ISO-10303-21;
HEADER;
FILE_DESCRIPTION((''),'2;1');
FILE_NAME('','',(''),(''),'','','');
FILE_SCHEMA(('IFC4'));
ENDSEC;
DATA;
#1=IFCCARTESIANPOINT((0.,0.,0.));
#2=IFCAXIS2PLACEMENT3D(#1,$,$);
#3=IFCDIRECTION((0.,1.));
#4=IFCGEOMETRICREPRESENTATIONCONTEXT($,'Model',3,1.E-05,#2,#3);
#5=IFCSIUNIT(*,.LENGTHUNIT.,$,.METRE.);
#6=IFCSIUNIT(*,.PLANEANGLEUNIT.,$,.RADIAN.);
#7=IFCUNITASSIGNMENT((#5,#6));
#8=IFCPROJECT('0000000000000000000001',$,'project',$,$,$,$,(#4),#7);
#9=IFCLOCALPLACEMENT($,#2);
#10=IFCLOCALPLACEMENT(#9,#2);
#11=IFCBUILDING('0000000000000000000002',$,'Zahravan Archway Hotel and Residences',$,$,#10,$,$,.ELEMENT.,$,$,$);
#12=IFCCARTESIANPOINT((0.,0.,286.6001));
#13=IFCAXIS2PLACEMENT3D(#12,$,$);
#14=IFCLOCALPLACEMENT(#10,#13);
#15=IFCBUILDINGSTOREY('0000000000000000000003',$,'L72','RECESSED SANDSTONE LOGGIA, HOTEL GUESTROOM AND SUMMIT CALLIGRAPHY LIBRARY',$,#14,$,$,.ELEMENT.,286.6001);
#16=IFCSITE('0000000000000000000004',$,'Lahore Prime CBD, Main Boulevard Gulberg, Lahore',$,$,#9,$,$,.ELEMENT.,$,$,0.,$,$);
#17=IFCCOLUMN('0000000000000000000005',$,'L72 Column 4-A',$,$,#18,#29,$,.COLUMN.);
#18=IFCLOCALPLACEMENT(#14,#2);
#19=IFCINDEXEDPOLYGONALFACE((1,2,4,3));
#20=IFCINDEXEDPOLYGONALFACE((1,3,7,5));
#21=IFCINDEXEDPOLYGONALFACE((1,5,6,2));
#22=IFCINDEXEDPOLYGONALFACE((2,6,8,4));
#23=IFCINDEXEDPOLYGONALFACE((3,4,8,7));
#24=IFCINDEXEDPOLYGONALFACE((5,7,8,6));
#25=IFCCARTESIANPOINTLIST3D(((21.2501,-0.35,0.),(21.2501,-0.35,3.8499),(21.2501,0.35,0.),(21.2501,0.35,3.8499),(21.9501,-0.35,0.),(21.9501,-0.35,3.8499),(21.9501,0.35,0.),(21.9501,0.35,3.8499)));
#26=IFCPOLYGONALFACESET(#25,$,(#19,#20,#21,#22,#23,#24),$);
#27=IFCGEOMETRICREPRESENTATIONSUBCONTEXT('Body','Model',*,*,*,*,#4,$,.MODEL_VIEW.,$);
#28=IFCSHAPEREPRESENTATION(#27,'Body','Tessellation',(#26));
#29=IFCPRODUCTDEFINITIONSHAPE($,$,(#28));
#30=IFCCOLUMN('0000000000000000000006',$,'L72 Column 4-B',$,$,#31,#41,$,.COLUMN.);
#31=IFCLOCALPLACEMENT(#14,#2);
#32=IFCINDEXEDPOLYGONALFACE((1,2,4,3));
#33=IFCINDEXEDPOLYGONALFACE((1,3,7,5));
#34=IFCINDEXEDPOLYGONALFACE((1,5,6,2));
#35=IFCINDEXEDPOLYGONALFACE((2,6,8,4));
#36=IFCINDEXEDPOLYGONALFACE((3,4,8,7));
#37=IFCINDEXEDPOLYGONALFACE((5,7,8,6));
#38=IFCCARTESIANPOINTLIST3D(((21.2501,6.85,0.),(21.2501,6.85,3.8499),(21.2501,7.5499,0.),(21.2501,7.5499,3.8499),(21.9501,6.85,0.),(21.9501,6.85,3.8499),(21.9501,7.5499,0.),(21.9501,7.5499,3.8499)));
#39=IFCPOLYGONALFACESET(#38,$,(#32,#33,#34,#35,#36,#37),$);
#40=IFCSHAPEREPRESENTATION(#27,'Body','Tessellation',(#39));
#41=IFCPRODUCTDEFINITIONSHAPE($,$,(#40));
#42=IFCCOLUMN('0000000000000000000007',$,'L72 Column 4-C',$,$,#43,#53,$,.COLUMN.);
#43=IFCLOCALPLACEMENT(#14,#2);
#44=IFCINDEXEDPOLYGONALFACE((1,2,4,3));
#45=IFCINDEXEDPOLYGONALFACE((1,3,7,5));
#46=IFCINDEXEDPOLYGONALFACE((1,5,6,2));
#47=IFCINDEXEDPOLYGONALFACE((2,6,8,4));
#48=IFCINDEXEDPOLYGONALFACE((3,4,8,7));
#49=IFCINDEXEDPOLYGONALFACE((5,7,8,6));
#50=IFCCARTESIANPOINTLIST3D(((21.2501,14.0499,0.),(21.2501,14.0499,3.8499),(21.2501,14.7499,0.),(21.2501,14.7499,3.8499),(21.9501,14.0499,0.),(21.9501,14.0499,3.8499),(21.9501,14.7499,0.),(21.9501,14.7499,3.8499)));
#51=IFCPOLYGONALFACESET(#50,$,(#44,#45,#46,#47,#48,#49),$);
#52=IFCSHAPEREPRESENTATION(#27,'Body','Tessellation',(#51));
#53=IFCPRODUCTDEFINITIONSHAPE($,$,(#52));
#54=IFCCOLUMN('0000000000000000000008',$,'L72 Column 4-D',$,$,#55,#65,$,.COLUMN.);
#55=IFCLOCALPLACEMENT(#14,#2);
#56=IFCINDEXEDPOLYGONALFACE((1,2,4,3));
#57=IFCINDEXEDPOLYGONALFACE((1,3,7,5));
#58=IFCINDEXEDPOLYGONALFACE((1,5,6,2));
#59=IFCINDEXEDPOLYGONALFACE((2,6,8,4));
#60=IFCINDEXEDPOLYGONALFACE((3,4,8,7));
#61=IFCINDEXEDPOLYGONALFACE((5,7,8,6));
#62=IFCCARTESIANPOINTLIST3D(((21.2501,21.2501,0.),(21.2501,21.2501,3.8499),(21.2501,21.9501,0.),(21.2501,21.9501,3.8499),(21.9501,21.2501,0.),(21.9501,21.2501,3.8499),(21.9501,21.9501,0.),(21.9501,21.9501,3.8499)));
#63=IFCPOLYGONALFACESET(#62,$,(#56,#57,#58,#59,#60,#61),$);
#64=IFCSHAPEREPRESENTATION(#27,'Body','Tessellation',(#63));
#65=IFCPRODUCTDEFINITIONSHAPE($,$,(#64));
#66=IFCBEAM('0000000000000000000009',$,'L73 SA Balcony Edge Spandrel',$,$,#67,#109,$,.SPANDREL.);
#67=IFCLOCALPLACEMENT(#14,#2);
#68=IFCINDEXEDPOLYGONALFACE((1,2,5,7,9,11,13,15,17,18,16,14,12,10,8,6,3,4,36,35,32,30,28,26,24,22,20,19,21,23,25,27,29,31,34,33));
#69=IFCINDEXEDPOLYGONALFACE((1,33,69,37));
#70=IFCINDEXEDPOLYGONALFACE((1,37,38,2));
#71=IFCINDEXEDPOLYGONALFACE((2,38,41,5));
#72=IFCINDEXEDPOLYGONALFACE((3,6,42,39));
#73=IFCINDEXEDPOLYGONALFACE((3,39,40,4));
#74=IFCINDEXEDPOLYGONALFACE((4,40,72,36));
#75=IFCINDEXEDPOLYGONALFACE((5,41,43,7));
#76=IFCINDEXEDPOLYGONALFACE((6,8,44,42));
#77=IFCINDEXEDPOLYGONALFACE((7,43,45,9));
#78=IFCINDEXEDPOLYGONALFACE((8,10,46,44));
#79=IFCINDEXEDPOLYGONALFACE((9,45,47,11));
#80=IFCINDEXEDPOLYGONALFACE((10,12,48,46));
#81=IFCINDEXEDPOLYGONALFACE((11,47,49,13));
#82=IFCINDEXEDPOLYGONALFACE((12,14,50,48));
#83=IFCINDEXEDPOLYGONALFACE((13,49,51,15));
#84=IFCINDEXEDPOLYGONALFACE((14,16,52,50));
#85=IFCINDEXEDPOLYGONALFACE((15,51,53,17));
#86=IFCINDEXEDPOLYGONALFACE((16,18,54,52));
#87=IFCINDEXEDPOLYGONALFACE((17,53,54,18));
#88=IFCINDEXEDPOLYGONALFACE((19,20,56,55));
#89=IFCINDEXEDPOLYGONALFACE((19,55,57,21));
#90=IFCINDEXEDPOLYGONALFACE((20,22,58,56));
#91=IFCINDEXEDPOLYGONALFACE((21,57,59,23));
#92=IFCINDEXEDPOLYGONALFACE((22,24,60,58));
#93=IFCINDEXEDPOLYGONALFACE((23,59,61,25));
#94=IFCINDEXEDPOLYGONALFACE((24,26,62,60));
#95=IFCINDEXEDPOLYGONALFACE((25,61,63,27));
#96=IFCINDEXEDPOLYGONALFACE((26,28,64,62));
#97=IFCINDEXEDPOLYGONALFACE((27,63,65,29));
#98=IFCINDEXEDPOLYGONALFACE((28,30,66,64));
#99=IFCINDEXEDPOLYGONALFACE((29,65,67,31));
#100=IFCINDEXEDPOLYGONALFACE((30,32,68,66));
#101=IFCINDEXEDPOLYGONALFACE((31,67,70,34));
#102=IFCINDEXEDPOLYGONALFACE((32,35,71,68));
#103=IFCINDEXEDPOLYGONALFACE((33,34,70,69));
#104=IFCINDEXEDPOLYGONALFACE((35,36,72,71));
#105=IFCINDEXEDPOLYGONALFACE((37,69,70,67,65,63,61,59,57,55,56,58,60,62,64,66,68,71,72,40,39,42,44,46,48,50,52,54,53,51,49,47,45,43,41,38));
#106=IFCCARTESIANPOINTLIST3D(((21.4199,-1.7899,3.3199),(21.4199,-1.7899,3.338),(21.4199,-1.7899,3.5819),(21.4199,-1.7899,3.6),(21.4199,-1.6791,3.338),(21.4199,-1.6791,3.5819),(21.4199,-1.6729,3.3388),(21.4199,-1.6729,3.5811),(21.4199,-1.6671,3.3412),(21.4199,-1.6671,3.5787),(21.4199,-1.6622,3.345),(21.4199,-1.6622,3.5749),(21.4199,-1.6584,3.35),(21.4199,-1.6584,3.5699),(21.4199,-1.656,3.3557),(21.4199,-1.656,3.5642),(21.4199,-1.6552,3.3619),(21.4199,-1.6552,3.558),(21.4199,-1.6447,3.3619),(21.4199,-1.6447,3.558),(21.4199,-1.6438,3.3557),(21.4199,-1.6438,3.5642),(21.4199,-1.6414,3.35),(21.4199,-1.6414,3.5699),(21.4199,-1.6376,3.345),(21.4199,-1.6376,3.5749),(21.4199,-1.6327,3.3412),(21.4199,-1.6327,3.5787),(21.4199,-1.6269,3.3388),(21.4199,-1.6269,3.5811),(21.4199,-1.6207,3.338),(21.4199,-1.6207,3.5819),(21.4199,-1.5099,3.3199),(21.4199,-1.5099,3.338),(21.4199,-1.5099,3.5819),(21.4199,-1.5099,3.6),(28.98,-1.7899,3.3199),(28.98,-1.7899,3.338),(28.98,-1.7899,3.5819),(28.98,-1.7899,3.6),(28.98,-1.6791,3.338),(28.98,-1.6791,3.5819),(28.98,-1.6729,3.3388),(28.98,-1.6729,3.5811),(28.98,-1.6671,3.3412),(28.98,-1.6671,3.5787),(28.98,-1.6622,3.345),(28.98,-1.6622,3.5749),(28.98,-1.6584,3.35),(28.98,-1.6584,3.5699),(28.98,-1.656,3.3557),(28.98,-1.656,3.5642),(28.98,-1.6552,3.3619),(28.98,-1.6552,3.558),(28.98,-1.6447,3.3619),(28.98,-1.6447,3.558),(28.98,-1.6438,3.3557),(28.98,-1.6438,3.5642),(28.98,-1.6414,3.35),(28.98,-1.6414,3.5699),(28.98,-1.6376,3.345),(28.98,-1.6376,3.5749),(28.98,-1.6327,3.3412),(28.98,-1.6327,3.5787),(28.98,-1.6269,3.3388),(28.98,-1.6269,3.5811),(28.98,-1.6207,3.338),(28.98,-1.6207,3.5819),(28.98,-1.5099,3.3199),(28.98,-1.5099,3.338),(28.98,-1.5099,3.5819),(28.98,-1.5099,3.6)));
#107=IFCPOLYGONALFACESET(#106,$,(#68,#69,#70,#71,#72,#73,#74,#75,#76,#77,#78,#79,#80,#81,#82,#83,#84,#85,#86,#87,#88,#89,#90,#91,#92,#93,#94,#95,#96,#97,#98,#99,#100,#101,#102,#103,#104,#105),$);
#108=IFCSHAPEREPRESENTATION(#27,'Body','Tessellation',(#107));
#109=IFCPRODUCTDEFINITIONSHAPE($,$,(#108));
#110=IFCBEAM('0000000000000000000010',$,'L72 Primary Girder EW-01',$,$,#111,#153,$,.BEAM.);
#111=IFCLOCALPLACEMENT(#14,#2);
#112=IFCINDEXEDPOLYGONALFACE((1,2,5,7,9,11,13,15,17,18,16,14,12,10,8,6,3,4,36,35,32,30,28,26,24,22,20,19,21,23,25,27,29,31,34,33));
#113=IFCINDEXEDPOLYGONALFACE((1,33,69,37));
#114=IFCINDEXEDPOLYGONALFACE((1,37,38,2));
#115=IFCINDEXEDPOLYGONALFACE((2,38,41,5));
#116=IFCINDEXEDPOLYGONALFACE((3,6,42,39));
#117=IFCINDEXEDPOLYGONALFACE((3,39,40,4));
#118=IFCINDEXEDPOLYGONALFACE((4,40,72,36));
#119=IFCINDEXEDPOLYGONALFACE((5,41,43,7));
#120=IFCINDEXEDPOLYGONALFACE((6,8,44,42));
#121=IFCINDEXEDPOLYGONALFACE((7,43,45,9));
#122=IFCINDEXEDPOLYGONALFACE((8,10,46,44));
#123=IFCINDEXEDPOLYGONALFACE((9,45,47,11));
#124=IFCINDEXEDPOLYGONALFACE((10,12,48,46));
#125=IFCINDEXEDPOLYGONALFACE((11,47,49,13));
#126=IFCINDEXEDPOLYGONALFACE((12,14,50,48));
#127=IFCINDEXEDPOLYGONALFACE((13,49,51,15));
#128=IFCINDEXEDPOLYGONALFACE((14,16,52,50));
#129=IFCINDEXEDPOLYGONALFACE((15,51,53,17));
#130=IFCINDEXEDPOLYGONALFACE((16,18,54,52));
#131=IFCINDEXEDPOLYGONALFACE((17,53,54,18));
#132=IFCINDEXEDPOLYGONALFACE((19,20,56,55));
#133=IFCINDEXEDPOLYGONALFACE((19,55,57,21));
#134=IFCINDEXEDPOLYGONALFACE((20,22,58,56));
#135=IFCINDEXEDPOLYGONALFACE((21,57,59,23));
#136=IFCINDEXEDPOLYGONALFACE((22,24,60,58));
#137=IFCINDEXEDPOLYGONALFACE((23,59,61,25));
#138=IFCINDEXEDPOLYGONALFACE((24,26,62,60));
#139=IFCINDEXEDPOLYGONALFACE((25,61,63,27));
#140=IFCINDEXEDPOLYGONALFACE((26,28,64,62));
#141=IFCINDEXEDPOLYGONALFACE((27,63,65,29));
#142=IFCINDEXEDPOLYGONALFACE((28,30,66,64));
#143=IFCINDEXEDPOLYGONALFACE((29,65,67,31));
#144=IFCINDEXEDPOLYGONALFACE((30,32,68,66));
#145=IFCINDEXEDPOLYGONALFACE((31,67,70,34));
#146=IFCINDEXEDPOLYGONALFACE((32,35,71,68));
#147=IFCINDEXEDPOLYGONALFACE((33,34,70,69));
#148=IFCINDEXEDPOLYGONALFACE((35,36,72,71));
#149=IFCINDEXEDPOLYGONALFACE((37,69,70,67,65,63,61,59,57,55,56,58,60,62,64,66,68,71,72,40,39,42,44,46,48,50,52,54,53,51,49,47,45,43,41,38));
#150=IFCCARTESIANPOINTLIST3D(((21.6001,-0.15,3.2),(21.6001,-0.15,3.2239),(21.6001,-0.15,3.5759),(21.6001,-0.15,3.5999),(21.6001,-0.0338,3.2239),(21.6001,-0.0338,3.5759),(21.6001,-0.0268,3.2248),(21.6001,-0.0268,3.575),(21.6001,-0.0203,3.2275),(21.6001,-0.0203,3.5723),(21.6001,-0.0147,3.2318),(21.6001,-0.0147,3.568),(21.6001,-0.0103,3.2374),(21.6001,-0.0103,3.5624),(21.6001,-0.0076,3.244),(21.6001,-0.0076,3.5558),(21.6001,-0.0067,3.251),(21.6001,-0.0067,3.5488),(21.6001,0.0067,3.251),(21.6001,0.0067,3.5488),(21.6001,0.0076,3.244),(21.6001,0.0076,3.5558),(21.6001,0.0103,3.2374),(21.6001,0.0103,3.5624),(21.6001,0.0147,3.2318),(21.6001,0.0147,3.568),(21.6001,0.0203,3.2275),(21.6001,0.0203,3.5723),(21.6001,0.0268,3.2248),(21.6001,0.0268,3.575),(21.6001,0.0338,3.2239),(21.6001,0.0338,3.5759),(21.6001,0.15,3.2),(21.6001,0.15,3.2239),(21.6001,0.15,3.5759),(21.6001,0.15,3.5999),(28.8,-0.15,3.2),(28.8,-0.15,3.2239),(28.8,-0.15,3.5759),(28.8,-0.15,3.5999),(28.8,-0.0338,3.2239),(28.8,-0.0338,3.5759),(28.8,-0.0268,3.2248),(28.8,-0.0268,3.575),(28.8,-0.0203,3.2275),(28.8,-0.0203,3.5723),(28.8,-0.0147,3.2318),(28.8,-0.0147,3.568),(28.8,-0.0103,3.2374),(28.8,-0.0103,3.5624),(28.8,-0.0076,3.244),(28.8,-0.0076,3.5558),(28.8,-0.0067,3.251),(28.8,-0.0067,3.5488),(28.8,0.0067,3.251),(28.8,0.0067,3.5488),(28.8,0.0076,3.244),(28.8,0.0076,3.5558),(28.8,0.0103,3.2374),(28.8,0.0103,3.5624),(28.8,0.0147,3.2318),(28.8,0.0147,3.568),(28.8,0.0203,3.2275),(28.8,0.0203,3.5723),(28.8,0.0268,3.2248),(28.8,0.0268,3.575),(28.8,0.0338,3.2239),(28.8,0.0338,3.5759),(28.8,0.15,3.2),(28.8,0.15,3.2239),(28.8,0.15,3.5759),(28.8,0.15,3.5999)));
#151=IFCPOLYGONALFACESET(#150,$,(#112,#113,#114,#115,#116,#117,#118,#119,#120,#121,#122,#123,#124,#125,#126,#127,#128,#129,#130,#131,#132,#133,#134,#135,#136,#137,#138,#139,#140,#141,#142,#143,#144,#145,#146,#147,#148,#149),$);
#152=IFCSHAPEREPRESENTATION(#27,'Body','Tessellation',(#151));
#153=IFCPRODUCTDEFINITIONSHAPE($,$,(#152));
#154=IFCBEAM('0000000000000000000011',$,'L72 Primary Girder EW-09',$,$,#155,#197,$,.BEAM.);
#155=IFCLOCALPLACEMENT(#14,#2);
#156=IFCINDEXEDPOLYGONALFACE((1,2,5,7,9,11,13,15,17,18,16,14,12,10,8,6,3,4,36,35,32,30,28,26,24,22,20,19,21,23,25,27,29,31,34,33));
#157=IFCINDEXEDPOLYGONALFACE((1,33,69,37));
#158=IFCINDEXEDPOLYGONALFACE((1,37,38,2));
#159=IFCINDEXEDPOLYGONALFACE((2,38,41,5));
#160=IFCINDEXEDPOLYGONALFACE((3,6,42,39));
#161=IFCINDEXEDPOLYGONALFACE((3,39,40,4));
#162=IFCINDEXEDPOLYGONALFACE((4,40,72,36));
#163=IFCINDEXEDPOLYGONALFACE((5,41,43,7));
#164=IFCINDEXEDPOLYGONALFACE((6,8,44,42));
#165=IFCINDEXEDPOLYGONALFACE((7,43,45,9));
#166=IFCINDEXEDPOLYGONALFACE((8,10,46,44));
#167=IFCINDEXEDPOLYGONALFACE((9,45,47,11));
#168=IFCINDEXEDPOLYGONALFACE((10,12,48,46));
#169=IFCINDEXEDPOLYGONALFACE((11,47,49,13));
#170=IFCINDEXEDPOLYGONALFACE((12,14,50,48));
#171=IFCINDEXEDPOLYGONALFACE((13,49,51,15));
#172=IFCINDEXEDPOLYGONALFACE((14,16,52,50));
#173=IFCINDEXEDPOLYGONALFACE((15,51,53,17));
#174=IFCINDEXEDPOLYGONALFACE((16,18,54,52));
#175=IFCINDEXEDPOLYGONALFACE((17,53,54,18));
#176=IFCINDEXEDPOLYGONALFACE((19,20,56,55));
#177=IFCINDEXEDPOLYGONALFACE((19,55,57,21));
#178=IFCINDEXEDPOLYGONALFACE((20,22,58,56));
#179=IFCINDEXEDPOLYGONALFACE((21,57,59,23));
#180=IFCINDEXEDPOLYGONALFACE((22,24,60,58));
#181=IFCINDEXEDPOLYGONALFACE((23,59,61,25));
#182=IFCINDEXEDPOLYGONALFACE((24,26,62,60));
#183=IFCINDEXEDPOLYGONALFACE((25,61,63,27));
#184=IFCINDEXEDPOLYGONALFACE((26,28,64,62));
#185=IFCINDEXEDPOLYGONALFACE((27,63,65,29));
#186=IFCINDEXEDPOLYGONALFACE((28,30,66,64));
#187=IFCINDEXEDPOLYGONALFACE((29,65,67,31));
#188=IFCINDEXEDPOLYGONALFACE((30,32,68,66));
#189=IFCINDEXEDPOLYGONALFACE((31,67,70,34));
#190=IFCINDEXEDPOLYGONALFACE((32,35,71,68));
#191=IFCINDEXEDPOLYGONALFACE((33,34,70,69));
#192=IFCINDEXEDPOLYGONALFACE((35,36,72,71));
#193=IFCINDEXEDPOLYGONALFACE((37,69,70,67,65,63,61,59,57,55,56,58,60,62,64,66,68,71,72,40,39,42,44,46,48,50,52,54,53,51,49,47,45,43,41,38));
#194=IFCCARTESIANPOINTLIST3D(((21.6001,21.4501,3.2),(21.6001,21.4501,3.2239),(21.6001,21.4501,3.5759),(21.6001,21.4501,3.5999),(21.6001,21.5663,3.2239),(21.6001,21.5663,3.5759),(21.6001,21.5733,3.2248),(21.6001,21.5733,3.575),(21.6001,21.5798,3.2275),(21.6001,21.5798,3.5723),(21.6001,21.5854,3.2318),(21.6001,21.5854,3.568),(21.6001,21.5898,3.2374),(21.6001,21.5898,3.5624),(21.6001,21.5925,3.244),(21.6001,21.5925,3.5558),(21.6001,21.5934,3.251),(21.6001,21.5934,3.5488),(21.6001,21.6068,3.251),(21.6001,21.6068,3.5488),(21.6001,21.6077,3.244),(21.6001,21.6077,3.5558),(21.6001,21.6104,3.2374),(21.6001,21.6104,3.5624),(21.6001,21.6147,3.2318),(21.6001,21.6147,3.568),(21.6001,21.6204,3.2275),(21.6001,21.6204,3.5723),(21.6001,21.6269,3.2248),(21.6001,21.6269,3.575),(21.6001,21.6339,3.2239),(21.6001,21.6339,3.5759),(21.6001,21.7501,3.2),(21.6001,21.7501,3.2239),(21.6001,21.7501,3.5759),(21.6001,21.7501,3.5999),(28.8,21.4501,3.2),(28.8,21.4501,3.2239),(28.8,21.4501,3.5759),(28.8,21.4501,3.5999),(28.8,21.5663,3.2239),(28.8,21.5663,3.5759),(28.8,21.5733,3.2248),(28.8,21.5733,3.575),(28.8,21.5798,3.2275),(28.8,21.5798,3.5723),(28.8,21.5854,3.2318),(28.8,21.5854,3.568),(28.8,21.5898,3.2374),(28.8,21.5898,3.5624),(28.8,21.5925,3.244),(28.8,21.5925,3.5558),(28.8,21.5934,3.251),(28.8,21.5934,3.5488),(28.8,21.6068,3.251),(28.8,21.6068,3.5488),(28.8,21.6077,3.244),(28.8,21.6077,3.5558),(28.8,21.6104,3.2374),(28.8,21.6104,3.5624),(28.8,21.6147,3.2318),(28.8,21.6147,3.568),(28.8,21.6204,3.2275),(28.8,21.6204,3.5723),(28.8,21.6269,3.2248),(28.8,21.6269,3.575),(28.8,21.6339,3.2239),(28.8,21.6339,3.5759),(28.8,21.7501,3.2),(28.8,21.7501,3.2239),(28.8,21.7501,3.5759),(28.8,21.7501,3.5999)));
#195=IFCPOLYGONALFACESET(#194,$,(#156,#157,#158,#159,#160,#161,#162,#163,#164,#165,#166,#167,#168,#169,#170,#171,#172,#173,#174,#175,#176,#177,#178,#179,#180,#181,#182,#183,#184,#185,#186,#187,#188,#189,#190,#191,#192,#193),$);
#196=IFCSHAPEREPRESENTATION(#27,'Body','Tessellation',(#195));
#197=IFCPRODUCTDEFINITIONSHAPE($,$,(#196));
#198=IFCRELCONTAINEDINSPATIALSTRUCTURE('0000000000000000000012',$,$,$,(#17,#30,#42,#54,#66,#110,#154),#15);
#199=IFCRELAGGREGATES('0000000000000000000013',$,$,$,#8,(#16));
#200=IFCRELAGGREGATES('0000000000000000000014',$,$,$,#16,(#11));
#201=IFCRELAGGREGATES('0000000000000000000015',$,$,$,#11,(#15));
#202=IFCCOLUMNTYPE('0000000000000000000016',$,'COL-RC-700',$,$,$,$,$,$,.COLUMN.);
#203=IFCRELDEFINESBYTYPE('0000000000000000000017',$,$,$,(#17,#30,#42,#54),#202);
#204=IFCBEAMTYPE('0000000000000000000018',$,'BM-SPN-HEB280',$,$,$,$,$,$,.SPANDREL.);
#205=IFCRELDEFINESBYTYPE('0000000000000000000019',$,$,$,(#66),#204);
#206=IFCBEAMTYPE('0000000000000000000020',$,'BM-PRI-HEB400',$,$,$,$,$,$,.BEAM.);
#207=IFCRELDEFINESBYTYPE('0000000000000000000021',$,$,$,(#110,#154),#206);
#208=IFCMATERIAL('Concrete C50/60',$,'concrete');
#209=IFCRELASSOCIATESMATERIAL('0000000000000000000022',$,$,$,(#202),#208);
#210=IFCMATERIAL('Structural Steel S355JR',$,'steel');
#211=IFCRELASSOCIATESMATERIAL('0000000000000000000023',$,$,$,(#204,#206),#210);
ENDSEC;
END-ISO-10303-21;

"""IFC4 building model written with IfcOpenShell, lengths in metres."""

from ifc_helpers import new_model, si_unit, direction, frame, origin, origin_2d, place, context, subcontext, project, spatial, rectangle, i_section, extrude, source, transform, mapped, material, material_profile, profile_set, type_object, type_shapes, element, save


model = new_model("IFC4")

# Units and contexts
model_context = context("Model", 3, precision=1e-05, world=origin(), true_north=direction((0.0, 1.0)))
body_context = subcontext(model_context, "Body", "Model", "MODEL_VIEW")
ifc_project = project(units=[si_unit("LENGTHUNIT", "METRE"), si_unit("PLANEANGLEUNIT", "RADIAN")], contexts=[model_context])

# Site, building, storey
site_placement = place(None, origin())
site = spatial("IfcSite", under=ifc_project, at=site_placement, Name="Lahore Prime CBD, Main Boulevard Gulberg, Lahore", CompositionType="ELEMENT", RefElevation=0.0)
building_placement = place(site_placement, origin())
building = spatial("IfcBuilding", under=site, at=building_placement, Name="Zahravan Archway Hotel and Residences", CompositionType="ELEMENT")
storey_placement = place(building_placement, frame((0.0, 0.0, 286.6001)))
storey = spatial("IfcBuildingStorey", under=building, at=storey_placement, Name="L72", Description="RECESSED SANDSTONE LOGGIA, HOTEL GUESTROOM AND SUMMIT CALLIGRAPHY LIBRARY", CompositionType="ELEMENT", Elevation=286.6001)

# Columns
ifc_material_1 = material(Name="Concrete C50/60", Category="concrete")
ifc_material_profile_1 = material_profile(ifc_material_1, rectangle(XDim=0.7, YDim=0.7, at=origin_2d()), Name="RC-COL-700x700", Category="concrete")
ifc_profile_set_1 = profile_set([ifc_material_profile_1], Name="Concrete C50/60")
column_type = type_object("IfcColumnType", Name="COL-RC-700", PredefinedType="COLUMN", material=ifc_profile_set_1)
shared_shape_1 = source(origin(), body_context, "Body", "SweptSolid", [
    extrude(rectangle(XDim=0.7, YDim=0.7, at=origin_2d()), origin(), (0.0, 0.0, 1.0), 3.8499),
])
type_shapes(column_type, [shared_shape_1])
for number, where, z_axis, x_axis, name in (
    (1, (21.6001, 0.0, 0.0), (0.0, 0.0, 1.0), (1.0, 0.0, 0.0), "L72 Column 4-A"),
    (2, (21.6001, 7.2, 0.0), (0.0, 0.0, 1.0), (1.0, 0.0, 0.0), "L72 Column 4-B"),
    (3, (21.6001, 14.3999, 0.0), (0.0, 0.0, 1.0), (1.0, 0.0, 0.0), "L72 Column 4-C"),
    (4, (21.6001, 21.6001, 0.0), (0.0, 0.0, 1.0), (1.0, 0.0, 0.0), "L72 Column 4-D"),
):
    element("IfcColumn", number, at=place(storey_placement, frame(where, z_axis=z_axis, x_axis=x_axis)), inside=storey, type_object=column_type, Name=name, PredefinedType="COLUMN", context=body_context, shape_type="MappedRepresentation", body=[
        mapped(shared_shape_1, transform((0.0, 0.0, 0.0), scale=1.0)),
    ])

# Beams
ifc_material_2 = material(Name="Structural Steel S355JR", Category="steel")
ifc_material_profile_2 = material_profile(ifc_material_2, i_section(OverallWidth=0.28, OverallDepth=0.28, WebThickness=0.0105, FlangeThickness=0.0181, FilletRadius=0.0239, at=origin_2d()), Name="HEB 280", Category="steel")
ifc_profile_set_2 = profile_set([ifc_material_profile_2], Name="Structural Steel S355JR")
beam_type_1 = type_object("IfcBeamType", Name="BM-SPN-HEB280", PredefinedType="SPANDREL", material=ifc_profile_set_2)
shared_shape_2 = source(origin(), body_context, "Body", "SweptSolid", [
    extrude(i_section(OverallWidth=0.28, OverallDepth=0.28, WebThickness=0.0105, FlangeThickness=0.0181, FilletRadius=0.0239, at=origin_2d()), origin(), (0.0, 0.0, 1.0), 7.5601),
])
type_shapes(beam_type_1, [shared_shape_2])
beam_1_placement = place(storey_placement, frame((21.4199, -1.6499, 3.46), z_axis=(1.0, 0.0, 0.0), x_axis=(0.0, 1.0, 0.0)))
element("IfcBeam", 5, at=beam_1_placement, inside=storey, type_object=beam_type_1, Name="L73 SA Balcony Edge Spandrel", PredefinedType="SPANDREL", context=body_context, shape_type="MappedRepresentation", body=[
    mapped(shared_shape_2, transform((0.0, 0.0, 0.0), scale=1.0)),
])
ifc_material_profile_3 = material_profile(ifc_material_2, i_section(OverallWidth=0.3, OverallDepth=0.3999, WebThickness=0.0134, FlangeThickness=0.0239, FilletRadius=0.0271, at=origin_2d()), Name="HEB 400", Category="steel")
ifc_profile_set_3 = profile_set([ifc_material_profile_3], Name="Structural Steel S355JR")
beam_type_2 = type_object("IfcBeamType", Name="BM-PRI-HEB400", PredefinedType="BEAM", material=ifc_profile_set_3)
shared_shape_3 = source(origin(), body_context, "Body", "SweptSolid", [
    extrude(i_section(OverallWidth=0.3, OverallDepth=0.3999, WebThickness=0.0134, FlangeThickness=0.0239, FilletRadius=0.0271, at=origin_2d()), origin(), (0.0, 0.0, 1.0), 7.2),
])
type_shapes(beam_type_2, [shared_shape_3])
for number, where, z_axis, x_axis, name in (
    (6, (21.6001, 0.0, 3.3999), (1.0, 0.0, 0.0), (0.0, 1.0, 0.0), "L72 Primary Girder EW-01"),
    (7, (21.6001, 21.6001, 3.3999), (1.0, 0.0, 0.0), (0.0, 1.0, 0.0), "L72 Primary Girder EW-09"),
):
    element("IfcBeam", number, at=place(storey_placement, frame(where, z_axis=z_axis, x_axis=x_axis)), inside=storey, type_object=beam_type_2, Name=name, PredefinedType="BEAM", context=body_context, shape_type="MappedRepresentation", body=[
        mapped(shared_shape_3, transform((0.0, 0.0, 0.0), scale=1.0)),
    ])

save(model, "model.ifc")
